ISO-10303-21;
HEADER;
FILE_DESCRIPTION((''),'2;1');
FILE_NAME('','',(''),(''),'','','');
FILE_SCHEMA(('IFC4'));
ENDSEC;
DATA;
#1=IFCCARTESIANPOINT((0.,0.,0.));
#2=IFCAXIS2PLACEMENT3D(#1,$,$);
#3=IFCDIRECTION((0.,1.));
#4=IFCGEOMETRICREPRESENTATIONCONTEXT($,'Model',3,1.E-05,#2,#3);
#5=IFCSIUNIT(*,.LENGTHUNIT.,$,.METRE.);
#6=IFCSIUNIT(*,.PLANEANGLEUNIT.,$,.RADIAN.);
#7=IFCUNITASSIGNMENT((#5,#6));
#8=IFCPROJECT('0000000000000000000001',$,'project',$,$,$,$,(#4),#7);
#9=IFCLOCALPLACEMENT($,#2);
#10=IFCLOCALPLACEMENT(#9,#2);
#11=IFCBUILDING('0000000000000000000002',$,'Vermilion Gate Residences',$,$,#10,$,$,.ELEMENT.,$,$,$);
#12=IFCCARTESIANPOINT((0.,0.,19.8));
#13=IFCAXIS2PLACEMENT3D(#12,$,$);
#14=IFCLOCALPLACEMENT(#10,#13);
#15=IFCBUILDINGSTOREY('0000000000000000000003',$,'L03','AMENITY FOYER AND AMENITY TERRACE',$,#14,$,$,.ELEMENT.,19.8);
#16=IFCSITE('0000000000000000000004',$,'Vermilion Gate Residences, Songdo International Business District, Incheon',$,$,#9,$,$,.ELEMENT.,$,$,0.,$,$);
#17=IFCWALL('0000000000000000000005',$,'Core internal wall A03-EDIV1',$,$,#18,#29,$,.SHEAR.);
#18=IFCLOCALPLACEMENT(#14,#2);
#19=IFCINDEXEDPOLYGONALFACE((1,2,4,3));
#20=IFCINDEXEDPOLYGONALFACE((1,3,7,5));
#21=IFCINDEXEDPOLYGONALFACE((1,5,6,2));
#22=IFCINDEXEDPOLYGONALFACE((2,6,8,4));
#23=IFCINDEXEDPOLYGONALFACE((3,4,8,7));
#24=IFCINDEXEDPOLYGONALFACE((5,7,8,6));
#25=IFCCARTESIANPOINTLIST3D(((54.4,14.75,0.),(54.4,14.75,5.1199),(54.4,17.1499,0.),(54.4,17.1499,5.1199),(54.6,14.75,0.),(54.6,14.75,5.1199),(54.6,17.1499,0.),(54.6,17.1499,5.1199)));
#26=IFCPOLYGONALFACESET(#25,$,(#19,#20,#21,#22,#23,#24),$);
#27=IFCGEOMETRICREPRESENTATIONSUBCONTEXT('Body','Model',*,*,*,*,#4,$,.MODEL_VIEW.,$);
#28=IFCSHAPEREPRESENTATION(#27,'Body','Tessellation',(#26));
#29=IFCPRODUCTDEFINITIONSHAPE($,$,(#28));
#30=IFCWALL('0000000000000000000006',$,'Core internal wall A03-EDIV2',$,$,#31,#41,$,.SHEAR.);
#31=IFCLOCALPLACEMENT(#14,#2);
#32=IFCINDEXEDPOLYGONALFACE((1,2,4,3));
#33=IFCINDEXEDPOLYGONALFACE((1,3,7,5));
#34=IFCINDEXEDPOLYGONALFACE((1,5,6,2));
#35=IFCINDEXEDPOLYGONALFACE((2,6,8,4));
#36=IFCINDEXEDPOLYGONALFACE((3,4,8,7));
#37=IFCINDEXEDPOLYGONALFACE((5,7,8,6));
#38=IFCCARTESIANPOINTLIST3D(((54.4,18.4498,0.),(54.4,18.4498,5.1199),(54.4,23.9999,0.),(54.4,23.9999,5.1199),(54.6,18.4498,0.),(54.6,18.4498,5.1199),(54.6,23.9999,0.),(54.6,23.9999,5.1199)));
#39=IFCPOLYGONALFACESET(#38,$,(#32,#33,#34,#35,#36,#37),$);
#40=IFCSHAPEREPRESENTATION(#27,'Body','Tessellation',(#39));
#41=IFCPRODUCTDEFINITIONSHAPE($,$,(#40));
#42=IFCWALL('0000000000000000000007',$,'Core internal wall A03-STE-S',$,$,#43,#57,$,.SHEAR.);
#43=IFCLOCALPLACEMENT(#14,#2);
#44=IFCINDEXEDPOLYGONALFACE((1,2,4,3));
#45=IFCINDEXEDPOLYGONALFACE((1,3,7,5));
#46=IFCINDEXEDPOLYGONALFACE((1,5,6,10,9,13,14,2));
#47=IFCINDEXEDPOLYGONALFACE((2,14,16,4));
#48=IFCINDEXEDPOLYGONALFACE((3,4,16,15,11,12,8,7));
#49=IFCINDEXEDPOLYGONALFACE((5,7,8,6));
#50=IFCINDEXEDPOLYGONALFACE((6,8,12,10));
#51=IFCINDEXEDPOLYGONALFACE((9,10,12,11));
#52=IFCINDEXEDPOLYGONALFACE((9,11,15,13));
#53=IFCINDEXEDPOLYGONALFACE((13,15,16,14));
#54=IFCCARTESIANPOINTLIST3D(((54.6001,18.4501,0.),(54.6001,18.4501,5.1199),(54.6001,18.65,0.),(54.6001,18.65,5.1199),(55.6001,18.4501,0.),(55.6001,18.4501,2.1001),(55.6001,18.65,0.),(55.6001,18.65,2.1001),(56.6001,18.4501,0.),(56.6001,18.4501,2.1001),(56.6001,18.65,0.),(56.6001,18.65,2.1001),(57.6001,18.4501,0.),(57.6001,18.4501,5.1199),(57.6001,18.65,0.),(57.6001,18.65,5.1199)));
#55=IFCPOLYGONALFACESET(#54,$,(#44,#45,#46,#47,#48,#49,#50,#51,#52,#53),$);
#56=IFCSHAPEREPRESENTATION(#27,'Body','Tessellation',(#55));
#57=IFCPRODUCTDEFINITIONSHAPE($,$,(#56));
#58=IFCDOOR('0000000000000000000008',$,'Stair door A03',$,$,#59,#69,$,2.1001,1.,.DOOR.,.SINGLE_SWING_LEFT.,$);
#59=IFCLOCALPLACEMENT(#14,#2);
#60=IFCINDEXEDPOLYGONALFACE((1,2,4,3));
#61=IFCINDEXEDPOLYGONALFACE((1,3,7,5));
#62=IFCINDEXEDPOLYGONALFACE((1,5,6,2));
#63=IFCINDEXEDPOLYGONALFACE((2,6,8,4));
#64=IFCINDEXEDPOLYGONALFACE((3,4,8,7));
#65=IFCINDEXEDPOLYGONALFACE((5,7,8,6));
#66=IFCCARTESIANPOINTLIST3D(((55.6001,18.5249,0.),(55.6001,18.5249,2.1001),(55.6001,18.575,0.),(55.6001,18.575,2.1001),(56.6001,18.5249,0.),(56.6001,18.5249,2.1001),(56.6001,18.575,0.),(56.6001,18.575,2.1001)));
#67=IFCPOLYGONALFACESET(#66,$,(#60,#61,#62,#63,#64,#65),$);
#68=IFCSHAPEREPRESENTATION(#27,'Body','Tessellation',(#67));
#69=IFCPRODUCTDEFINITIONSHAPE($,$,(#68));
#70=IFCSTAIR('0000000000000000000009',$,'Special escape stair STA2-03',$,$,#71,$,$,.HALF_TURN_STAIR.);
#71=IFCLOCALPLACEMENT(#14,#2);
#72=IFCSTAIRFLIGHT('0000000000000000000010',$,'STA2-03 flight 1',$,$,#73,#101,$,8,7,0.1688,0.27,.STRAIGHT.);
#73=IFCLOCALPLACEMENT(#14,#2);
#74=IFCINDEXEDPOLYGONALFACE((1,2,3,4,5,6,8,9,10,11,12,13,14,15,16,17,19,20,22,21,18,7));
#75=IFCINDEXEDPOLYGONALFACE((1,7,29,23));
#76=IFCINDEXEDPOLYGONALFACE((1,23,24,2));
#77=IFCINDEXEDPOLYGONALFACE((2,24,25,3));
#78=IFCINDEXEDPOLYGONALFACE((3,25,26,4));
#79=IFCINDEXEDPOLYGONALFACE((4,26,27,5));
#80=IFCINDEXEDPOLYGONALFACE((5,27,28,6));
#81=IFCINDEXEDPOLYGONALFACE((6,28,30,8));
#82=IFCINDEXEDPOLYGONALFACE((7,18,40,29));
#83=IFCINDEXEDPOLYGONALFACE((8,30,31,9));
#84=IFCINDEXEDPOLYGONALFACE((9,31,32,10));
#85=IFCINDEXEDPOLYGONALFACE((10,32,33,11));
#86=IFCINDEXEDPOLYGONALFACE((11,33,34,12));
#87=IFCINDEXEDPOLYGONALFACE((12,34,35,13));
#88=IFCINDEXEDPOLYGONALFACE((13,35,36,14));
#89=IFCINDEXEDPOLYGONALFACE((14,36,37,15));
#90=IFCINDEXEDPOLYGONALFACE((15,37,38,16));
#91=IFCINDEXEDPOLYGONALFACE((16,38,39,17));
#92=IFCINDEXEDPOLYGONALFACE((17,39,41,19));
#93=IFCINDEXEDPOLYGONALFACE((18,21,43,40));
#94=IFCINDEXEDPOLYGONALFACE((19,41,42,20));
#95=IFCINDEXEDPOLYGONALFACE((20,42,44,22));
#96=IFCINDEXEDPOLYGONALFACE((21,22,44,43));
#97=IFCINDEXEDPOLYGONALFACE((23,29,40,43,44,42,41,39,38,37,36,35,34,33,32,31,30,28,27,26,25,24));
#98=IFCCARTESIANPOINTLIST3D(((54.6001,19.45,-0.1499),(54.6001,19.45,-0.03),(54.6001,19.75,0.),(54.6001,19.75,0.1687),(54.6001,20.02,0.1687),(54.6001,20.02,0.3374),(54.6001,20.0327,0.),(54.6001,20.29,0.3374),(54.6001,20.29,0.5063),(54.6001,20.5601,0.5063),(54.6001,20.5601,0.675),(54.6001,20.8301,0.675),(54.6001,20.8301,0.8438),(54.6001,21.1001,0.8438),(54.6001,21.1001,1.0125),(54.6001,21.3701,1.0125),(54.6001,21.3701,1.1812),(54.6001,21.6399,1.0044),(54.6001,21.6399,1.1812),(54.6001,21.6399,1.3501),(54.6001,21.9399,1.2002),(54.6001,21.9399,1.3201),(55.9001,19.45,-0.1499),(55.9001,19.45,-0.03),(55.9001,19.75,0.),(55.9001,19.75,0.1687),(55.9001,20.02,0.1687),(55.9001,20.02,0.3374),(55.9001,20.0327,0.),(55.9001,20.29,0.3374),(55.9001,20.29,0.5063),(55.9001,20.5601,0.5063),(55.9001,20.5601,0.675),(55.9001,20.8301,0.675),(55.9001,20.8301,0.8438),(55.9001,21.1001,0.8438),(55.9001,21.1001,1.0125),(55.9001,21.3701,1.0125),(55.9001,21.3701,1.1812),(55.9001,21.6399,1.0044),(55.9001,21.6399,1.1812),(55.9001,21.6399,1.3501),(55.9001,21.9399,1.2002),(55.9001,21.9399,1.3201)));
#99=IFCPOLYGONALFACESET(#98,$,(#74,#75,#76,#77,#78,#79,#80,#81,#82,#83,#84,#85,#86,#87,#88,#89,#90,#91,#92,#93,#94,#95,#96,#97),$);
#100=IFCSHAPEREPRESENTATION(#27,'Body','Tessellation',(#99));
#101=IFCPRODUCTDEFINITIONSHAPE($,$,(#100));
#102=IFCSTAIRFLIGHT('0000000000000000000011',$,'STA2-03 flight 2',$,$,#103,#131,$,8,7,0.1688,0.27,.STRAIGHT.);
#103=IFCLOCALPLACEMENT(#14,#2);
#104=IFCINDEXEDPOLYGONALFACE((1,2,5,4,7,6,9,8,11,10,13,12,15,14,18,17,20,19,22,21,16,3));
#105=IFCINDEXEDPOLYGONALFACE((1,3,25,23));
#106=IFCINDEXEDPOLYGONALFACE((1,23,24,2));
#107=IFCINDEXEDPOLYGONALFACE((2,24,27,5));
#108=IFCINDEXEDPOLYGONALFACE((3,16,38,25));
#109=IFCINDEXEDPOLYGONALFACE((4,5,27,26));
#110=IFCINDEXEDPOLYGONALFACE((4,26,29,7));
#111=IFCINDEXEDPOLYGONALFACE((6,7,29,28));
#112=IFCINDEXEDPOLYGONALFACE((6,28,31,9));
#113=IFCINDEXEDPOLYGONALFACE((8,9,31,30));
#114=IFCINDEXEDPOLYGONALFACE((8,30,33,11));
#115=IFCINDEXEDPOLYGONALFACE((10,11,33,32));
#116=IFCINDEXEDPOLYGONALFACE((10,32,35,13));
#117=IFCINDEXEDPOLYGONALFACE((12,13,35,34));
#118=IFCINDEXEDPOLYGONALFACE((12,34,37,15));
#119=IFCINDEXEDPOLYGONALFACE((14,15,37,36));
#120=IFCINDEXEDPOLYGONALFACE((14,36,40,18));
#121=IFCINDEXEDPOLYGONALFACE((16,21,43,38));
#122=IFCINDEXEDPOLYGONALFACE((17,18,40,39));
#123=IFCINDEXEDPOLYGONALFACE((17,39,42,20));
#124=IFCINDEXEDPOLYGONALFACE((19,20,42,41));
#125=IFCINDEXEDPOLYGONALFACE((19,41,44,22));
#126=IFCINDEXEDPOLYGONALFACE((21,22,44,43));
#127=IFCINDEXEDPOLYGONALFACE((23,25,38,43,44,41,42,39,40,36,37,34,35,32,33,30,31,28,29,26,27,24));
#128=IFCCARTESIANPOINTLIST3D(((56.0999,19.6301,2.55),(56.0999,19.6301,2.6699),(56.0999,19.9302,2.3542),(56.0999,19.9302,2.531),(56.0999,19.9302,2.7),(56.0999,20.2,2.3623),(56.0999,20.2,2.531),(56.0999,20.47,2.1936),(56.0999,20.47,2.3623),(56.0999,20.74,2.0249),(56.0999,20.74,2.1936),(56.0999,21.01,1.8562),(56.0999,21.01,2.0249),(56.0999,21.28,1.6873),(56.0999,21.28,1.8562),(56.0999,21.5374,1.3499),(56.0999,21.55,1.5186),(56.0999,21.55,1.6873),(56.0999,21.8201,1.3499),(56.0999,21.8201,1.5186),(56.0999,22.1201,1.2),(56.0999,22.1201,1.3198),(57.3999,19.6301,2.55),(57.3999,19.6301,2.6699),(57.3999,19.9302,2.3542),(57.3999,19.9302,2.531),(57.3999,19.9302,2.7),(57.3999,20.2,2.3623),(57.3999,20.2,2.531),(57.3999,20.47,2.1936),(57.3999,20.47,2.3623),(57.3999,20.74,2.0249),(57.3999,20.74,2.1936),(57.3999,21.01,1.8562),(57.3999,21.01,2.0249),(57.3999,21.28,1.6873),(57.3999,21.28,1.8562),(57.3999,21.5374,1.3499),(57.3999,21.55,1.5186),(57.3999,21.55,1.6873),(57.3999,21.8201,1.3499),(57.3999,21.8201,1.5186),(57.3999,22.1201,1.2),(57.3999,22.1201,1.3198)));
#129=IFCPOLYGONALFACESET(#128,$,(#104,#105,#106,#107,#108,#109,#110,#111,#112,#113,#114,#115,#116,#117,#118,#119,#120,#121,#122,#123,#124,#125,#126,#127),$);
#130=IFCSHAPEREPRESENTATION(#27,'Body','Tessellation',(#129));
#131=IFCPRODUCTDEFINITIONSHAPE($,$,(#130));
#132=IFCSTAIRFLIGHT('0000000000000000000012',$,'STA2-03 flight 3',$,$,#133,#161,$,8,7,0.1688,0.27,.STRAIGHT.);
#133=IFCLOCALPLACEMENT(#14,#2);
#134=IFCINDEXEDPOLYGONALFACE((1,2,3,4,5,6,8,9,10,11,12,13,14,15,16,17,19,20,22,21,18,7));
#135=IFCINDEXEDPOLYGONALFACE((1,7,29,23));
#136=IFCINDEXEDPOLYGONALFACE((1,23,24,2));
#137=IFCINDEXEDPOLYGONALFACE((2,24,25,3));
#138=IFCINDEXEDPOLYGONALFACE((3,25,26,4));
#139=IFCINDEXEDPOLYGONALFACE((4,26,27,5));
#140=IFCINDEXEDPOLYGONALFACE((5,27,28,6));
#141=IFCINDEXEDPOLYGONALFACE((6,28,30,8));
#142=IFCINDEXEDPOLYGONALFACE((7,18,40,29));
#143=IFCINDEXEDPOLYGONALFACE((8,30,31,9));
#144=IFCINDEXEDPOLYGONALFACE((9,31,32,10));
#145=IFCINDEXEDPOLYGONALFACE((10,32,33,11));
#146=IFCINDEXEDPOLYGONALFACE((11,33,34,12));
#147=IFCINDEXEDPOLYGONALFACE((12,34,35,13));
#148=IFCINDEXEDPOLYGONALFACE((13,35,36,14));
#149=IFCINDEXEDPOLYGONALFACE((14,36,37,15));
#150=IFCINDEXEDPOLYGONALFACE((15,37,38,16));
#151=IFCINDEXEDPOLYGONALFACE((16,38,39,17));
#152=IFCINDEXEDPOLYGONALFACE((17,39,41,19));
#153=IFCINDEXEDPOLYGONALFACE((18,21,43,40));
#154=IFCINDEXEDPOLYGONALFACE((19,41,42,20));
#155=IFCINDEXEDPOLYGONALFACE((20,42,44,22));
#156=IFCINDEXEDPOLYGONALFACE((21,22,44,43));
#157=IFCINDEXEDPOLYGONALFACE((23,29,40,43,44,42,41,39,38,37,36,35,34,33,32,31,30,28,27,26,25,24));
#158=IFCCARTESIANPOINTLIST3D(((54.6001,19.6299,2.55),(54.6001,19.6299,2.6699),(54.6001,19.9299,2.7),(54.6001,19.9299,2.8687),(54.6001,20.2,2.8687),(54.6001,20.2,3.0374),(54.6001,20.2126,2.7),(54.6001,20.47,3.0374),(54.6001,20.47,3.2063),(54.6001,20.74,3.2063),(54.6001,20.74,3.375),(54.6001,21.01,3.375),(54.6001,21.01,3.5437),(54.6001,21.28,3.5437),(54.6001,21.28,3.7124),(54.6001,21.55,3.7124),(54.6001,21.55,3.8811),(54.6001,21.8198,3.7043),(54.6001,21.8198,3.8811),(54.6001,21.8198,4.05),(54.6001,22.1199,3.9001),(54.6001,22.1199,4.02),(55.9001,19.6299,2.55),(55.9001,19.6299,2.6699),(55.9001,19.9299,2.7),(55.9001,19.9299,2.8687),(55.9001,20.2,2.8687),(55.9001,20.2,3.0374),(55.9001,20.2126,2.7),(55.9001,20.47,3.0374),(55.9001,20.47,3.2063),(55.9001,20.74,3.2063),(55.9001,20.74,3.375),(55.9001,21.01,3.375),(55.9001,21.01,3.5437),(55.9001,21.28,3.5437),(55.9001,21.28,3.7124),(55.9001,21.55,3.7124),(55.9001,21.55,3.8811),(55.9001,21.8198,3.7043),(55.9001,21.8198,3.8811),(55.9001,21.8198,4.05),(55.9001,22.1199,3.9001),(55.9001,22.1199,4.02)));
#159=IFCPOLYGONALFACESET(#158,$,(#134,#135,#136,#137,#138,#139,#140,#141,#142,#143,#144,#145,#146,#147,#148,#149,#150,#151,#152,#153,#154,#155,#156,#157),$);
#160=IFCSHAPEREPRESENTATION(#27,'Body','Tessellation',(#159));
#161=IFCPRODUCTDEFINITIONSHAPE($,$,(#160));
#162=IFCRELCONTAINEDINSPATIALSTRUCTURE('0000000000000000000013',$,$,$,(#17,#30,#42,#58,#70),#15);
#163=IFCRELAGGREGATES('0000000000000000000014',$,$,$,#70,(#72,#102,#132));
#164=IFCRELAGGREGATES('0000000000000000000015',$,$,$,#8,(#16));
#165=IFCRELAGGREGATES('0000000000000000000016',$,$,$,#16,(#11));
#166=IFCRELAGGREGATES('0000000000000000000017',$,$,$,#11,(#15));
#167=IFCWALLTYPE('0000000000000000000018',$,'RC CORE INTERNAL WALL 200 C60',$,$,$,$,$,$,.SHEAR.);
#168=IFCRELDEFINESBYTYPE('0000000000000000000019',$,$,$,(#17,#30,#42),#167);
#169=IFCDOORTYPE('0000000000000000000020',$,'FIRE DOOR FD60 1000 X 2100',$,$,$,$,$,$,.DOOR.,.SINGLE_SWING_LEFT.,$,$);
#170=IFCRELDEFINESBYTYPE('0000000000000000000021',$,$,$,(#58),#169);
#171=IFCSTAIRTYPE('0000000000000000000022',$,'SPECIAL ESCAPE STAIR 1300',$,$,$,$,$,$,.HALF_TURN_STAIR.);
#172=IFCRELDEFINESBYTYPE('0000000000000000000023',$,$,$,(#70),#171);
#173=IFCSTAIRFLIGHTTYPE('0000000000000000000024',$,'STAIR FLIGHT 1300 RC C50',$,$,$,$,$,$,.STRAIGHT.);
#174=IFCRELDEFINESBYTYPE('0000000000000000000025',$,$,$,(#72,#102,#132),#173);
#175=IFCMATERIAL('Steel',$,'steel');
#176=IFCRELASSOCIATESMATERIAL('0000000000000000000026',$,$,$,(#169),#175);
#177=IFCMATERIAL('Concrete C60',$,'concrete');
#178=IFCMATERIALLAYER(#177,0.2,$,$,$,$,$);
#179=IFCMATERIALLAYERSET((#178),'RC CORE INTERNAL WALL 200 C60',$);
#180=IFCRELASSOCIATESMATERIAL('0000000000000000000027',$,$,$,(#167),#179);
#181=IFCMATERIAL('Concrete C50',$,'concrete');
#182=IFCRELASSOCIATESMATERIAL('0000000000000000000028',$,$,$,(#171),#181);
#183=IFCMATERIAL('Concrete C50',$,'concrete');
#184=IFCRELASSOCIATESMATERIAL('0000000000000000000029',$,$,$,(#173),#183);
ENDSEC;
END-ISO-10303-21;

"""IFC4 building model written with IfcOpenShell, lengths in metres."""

from ifc_helpers import new_model, si_unit, direction, frame, frame_2d, origin, place, context, subcontext, project, spatial, polyline, rectangle, outline, extrude, material, layer, layer_set, type_object, element, fill, aggregate, save


model = new_model("IFC4")

# Units and contexts
model_context = context("Model", 3, precision=1e-05, world=origin(), true_north=direction((0.0, 1.0)))
body_context = subcontext(model_context, "Body", "Model", "MODEL_VIEW")
ifc_project = project(units=[si_unit("LENGTHUNIT", "METRE"), si_unit("PLANEANGLEUNIT", "RADIAN")], contexts=[model_context])

# Site, building, storey
site_placement = place(None, origin())
site = spatial("IfcSite", under=ifc_project, at=site_placement, Name="Vermilion Gate Residences, Songdo International Business District, Incheon", CompositionType="ELEMENT", RefElevation=0.0)
building_placement = place(site_placement, origin())
building = spatial("IfcBuilding", under=site, at=building_placement, Name="Vermilion Gate Residences", CompositionType="ELEMENT")
storey_placement = place(building_placement, frame((0.0, 0.0, 19.8)))
storey = spatial("IfcBuildingStorey", under=building, at=storey_placement, Name="L03", Description="AMENITY FOYER AND AMENITY TERRACE", CompositionType="ELEMENT", Elevation=19.8)

# Shared definitions
ifc_material_1 = material(Name="Steel", Category="steel")
door_type_1 = type_object("IfcDoorType", Name="FIRE DOOR FD60 1000 X 2100", OperationType="SINGLE_SWING_LEFT", PredefinedType="DOOR", material=ifc_material_1)

# Walls
ifc_material_2 = material(Name="Concrete C60", Category="concrete")
ifc_layer_1 = layer(ifc_material_2, 0.2)
ifc_layer_set_1 = layer_set([ifc_layer_1], Name="RC CORE INTERNAL WALL 200 C60")
wall_type_1 = type_object("IfcWallType", Name="RC CORE INTERNAL WALL 200 C60", PredefinedType="SHEAR", material=ifc_layer_set_1)
wall_1_placement = place(storey_placement, frame((54.5, 14.75, 0.0), z_axis=(0.0, 0.0, 1.0), x_axis=(0.0, 1.0, 0.0)))
element("IfcWall", 1, at=wall_1_placement, inside=storey, type_object=wall_type_1, Name="Core internal wall A03-EDIV1", PredefinedType="SHEAR", context=body_context, shape_type="SweptSolid", body=[
    extrude(rectangle(XDim=2.3999, YDim=0.2, at=frame_2d((1.2, 0.0))), origin(), (0.0, 0.0, 1.0), 5.1199),
])
wall_2_placement = place(storey_placement, frame((54.5, 18.45, 0.0), z_axis=(0.0, 0.0, 1.0), x_axis=(0.0, 1.0, 0.0)))
element("IfcWall", 2, at=wall_2_placement, inside=storey, type_object=wall_type_1, Name="Core internal wall A03-EDIV2", PredefinedType="SHEAR", context=body_context, shape_type="SweptSolid", body=[
    extrude(rectangle(XDim=5.55, YDim=0.2, at=frame_2d((2.7749, 0.0))), origin(), (0.0, 0.0, 1.0), 5.1199),
])

# Wall, opening, door
wall_3_placement = place(storey_placement, frame((54.6001, 18.55, 0.0), z_axis=(0.0, 0.0, 1.0), x_axis=(1.0, 0.0, 0.0)))
wall_3 = element("IfcWall", 3, at=wall_3_placement, inside=storey, type_object=wall_type_1, Name="Core internal wall A03-STE-S", PredefinedType="SHEAR", context=body_context, shape_type="SweptSolid", body=[
    extrude(rectangle(XDim=3.0, YDim=0.2, at=frame_2d((1.5, 0.0))), origin(), (0.0, 0.0, 1.0), 5.1199),
])
opening_1_placement = place(wall_3_placement, frame((1.0, 0.0, 0.0)))
opening_1 = element("IfcOpeningElement", 4, at=opening_1_placement, cuts=wall_3, PredefinedType="OPENING", context=body_context, shape_type="SweptSolid", body=[
    extrude(rectangle(XDim=1.0, YDim=2.1001, at=frame_2d((0.5, 1.05))), frame((0.0, 0.1099, 0.0), z_axis=(0.0, -1.0, 0.0), x_axis=(1.0, 0.0, 0.0)), (0.0, 0.0, 1.0), 0.22),
])
door_1_placement = place(opening_1_placement, origin())
door_1 = element("IfcDoor", 5, at=door_1_placement, inside=storey, type_object=door_type_1, Name="Stair door A03", OperationType="SINGLE_SWING_LEFT", OverallHeight=2.1001, OverallWidth=1.0, PredefinedType="DOOR", context=body_context, shape_type="SweptSolid", body=[
    extrude(rectangle(XDim=1.0, YDim=2.1001, at=frame_2d((0.5, 1.05))), frame((0.0, 0.0249, 0.0), z_axis=(0.0, -1.0, 0.0), x_axis=(1.0, 0.0, 0.0)), (0.0, 0.0, 1.0), 0.05),
])
fill(opening_1, door_1)

# Stair, stair flights
ifc_material_3 = material(Name="Concrete C50", Category="concrete")
stair_type = type_object("IfcStairType", Name="SPECIAL ESCAPE STAIR 1300", PredefinedType="HALF_TURN_STAIR", material=ifc_material_3)
stair_placement = place(storey_placement, origin())
stair = element("IfcStair", 6, at=stair_placement, inside=storey, type_object=stair_type, Name="Special escape stair STA2-03", PredefinedType="HALF_TURN_STAIR")
ifc_material_4 = material(Name="Concrete C50", Category="concrete")
stair_flight_type = type_object("IfcStairFlightType", Name="STAIR FLIGHT 1300 RC C50", PredefinedType="STRAIGHT", material=ifc_material_4)
stair_flight_1_placement = place(storey_placement, frame((55.25, 19.75, 0.0), z_axis=(0.0, 0.0, 1.0), x_axis=(0.0, 1.0, 0.0)))
stair_flight_1 = element("IfcStairFlight", 7, at=stair_flight_1_placement, type_object=stair_flight_type, Name="STA2-03 flight 1", NumberOfRisers=8, NumberOfTreads=7, PredefinedType="STRAIGHT", RiserHeight=0.1688, TreadLength=0.27, context=body_context, shape_type="SweptSolid", body=[
    extrude(outline(polyline([(-0.3, -0.1499), (-0.3, -0.03), (0.0, 0.0), (0.0, 0.1687), (0.27, 0.1687), (0.27, 0.3374), (0.54, 0.3374), (0.54, 0.5063), (0.8101, 0.5063), (0.8101, 0.675), (1.0801, 0.675), (1.0801, 0.8438), (1.3501, 0.8438), (1.3501, 1.0125), (1.6201, 1.0125), (1.6201, 1.1812), (1.8899, 1.1812), (1.8899, 1.3501), (2.1899, 1.3201), (2.1899, 1.2002), (1.8899, 1.0044), (0.2827, 0.0), (-0.3, -0.1499)])), frame((0.0, 0.6499, 0.0), z_axis=(0.0, -1.0, 0.0), x_axis=(1.0, 0.0, 0.0)), (0.0, 0.0, 1.0), 1.3),
])
stair_flight_2_placement = place(storey_placement, frame((56.75, 21.8201, 1.3499), z_axis=(0.0, 0.0, 1.0), x_axis=(0.0, -1.0, 0.0)))
stair_flight_2 = element("IfcStairFlight", 8, at=stair_flight_2_placement, type_object=stair_flight_type, Name="STA2-03 flight 2", NumberOfRisers=8, NumberOfTreads=7, PredefinedType="STRAIGHT", RiserHeight=0.1688, TreadLength=0.27, context=body_context, shape_type="SweptSolid", body=[
    extrude(outline(polyline([(-0.3, -0.1499), (-0.3, -0.03), (0.0, 0.0), (0.0, 0.1687), (0.27, 0.1687), (0.27, 0.3374), (0.54, 0.3374), (0.54, 0.5063), (0.8101, 0.5063), (0.8101, 0.675), (1.0801, 0.675), (1.0801, 0.8438), (1.3501, 0.8438), (1.3501, 1.0125), (1.6201, 1.0125), (1.6201, 1.1812), (1.8899, 1.1812), (1.8899, 1.3501), (2.1899, 1.3201), (2.1899, 1.2002), (1.8899, 1.0044), (0.2827, 0.0), (-0.3, -0.1499)])), frame((0.0, 0.6499, 0.0), z_axis=(0.0, -1.0, 0.0), x_axis=(1.0, 0.0, 0.0)), (0.0, 0.0, 1.0), 1.3),
])
stair_flight_3_placement = place(storey_placement, frame((55.25, 19.9299, 2.7), z_axis=(0.0, 0.0, 1.0), x_axis=(0.0, 1.0, 0.0)))
stair_flight_3 = element("IfcStairFlight", 9, at=stair_flight_3_placement, type_object=stair_flight_type, Name="STA2-03 flight 3", NumberOfRisers=8, NumberOfTreads=7, PredefinedType="STRAIGHT", RiserHeight=0.1688, TreadLength=0.27, context=body_context, shape_type="SweptSolid", body=[
    extrude(outline(polyline([(-0.3, -0.1499), (-0.3, -0.03), (0.0, 0.0), (0.0, 0.1687), (0.27, 0.1687), (0.27, 0.3374), (0.54, 0.3374), (0.54, 0.5063), (0.8101, 0.5063), (0.8101, 0.675), (1.0801, 0.675), (1.0801, 0.8438), (1.3501, 0.8438), (1.3501, 1.0125), (1.6201, 1.0125), (1.6201, 1.1812), (1.8899, 1.1812), (1.8899, 1.3501), (2.1899, 1.3201), (2.1899, 1.2002), (1.8899, 1.0044), (0.2827, 0.0), (-0.3, -0.1499)])), frame((0.0, 0.6499, 0.0), z_axis=(0.0, -1.0, 0.0), x_axis=(1.0, 0.0, 0.0)), (0.0, 0.0, 1.0), 1.3),
])
aggregate(stair, [stair_flight_1, stair_flight_2, stair_flight_3])

save(model, "model.ifc")
